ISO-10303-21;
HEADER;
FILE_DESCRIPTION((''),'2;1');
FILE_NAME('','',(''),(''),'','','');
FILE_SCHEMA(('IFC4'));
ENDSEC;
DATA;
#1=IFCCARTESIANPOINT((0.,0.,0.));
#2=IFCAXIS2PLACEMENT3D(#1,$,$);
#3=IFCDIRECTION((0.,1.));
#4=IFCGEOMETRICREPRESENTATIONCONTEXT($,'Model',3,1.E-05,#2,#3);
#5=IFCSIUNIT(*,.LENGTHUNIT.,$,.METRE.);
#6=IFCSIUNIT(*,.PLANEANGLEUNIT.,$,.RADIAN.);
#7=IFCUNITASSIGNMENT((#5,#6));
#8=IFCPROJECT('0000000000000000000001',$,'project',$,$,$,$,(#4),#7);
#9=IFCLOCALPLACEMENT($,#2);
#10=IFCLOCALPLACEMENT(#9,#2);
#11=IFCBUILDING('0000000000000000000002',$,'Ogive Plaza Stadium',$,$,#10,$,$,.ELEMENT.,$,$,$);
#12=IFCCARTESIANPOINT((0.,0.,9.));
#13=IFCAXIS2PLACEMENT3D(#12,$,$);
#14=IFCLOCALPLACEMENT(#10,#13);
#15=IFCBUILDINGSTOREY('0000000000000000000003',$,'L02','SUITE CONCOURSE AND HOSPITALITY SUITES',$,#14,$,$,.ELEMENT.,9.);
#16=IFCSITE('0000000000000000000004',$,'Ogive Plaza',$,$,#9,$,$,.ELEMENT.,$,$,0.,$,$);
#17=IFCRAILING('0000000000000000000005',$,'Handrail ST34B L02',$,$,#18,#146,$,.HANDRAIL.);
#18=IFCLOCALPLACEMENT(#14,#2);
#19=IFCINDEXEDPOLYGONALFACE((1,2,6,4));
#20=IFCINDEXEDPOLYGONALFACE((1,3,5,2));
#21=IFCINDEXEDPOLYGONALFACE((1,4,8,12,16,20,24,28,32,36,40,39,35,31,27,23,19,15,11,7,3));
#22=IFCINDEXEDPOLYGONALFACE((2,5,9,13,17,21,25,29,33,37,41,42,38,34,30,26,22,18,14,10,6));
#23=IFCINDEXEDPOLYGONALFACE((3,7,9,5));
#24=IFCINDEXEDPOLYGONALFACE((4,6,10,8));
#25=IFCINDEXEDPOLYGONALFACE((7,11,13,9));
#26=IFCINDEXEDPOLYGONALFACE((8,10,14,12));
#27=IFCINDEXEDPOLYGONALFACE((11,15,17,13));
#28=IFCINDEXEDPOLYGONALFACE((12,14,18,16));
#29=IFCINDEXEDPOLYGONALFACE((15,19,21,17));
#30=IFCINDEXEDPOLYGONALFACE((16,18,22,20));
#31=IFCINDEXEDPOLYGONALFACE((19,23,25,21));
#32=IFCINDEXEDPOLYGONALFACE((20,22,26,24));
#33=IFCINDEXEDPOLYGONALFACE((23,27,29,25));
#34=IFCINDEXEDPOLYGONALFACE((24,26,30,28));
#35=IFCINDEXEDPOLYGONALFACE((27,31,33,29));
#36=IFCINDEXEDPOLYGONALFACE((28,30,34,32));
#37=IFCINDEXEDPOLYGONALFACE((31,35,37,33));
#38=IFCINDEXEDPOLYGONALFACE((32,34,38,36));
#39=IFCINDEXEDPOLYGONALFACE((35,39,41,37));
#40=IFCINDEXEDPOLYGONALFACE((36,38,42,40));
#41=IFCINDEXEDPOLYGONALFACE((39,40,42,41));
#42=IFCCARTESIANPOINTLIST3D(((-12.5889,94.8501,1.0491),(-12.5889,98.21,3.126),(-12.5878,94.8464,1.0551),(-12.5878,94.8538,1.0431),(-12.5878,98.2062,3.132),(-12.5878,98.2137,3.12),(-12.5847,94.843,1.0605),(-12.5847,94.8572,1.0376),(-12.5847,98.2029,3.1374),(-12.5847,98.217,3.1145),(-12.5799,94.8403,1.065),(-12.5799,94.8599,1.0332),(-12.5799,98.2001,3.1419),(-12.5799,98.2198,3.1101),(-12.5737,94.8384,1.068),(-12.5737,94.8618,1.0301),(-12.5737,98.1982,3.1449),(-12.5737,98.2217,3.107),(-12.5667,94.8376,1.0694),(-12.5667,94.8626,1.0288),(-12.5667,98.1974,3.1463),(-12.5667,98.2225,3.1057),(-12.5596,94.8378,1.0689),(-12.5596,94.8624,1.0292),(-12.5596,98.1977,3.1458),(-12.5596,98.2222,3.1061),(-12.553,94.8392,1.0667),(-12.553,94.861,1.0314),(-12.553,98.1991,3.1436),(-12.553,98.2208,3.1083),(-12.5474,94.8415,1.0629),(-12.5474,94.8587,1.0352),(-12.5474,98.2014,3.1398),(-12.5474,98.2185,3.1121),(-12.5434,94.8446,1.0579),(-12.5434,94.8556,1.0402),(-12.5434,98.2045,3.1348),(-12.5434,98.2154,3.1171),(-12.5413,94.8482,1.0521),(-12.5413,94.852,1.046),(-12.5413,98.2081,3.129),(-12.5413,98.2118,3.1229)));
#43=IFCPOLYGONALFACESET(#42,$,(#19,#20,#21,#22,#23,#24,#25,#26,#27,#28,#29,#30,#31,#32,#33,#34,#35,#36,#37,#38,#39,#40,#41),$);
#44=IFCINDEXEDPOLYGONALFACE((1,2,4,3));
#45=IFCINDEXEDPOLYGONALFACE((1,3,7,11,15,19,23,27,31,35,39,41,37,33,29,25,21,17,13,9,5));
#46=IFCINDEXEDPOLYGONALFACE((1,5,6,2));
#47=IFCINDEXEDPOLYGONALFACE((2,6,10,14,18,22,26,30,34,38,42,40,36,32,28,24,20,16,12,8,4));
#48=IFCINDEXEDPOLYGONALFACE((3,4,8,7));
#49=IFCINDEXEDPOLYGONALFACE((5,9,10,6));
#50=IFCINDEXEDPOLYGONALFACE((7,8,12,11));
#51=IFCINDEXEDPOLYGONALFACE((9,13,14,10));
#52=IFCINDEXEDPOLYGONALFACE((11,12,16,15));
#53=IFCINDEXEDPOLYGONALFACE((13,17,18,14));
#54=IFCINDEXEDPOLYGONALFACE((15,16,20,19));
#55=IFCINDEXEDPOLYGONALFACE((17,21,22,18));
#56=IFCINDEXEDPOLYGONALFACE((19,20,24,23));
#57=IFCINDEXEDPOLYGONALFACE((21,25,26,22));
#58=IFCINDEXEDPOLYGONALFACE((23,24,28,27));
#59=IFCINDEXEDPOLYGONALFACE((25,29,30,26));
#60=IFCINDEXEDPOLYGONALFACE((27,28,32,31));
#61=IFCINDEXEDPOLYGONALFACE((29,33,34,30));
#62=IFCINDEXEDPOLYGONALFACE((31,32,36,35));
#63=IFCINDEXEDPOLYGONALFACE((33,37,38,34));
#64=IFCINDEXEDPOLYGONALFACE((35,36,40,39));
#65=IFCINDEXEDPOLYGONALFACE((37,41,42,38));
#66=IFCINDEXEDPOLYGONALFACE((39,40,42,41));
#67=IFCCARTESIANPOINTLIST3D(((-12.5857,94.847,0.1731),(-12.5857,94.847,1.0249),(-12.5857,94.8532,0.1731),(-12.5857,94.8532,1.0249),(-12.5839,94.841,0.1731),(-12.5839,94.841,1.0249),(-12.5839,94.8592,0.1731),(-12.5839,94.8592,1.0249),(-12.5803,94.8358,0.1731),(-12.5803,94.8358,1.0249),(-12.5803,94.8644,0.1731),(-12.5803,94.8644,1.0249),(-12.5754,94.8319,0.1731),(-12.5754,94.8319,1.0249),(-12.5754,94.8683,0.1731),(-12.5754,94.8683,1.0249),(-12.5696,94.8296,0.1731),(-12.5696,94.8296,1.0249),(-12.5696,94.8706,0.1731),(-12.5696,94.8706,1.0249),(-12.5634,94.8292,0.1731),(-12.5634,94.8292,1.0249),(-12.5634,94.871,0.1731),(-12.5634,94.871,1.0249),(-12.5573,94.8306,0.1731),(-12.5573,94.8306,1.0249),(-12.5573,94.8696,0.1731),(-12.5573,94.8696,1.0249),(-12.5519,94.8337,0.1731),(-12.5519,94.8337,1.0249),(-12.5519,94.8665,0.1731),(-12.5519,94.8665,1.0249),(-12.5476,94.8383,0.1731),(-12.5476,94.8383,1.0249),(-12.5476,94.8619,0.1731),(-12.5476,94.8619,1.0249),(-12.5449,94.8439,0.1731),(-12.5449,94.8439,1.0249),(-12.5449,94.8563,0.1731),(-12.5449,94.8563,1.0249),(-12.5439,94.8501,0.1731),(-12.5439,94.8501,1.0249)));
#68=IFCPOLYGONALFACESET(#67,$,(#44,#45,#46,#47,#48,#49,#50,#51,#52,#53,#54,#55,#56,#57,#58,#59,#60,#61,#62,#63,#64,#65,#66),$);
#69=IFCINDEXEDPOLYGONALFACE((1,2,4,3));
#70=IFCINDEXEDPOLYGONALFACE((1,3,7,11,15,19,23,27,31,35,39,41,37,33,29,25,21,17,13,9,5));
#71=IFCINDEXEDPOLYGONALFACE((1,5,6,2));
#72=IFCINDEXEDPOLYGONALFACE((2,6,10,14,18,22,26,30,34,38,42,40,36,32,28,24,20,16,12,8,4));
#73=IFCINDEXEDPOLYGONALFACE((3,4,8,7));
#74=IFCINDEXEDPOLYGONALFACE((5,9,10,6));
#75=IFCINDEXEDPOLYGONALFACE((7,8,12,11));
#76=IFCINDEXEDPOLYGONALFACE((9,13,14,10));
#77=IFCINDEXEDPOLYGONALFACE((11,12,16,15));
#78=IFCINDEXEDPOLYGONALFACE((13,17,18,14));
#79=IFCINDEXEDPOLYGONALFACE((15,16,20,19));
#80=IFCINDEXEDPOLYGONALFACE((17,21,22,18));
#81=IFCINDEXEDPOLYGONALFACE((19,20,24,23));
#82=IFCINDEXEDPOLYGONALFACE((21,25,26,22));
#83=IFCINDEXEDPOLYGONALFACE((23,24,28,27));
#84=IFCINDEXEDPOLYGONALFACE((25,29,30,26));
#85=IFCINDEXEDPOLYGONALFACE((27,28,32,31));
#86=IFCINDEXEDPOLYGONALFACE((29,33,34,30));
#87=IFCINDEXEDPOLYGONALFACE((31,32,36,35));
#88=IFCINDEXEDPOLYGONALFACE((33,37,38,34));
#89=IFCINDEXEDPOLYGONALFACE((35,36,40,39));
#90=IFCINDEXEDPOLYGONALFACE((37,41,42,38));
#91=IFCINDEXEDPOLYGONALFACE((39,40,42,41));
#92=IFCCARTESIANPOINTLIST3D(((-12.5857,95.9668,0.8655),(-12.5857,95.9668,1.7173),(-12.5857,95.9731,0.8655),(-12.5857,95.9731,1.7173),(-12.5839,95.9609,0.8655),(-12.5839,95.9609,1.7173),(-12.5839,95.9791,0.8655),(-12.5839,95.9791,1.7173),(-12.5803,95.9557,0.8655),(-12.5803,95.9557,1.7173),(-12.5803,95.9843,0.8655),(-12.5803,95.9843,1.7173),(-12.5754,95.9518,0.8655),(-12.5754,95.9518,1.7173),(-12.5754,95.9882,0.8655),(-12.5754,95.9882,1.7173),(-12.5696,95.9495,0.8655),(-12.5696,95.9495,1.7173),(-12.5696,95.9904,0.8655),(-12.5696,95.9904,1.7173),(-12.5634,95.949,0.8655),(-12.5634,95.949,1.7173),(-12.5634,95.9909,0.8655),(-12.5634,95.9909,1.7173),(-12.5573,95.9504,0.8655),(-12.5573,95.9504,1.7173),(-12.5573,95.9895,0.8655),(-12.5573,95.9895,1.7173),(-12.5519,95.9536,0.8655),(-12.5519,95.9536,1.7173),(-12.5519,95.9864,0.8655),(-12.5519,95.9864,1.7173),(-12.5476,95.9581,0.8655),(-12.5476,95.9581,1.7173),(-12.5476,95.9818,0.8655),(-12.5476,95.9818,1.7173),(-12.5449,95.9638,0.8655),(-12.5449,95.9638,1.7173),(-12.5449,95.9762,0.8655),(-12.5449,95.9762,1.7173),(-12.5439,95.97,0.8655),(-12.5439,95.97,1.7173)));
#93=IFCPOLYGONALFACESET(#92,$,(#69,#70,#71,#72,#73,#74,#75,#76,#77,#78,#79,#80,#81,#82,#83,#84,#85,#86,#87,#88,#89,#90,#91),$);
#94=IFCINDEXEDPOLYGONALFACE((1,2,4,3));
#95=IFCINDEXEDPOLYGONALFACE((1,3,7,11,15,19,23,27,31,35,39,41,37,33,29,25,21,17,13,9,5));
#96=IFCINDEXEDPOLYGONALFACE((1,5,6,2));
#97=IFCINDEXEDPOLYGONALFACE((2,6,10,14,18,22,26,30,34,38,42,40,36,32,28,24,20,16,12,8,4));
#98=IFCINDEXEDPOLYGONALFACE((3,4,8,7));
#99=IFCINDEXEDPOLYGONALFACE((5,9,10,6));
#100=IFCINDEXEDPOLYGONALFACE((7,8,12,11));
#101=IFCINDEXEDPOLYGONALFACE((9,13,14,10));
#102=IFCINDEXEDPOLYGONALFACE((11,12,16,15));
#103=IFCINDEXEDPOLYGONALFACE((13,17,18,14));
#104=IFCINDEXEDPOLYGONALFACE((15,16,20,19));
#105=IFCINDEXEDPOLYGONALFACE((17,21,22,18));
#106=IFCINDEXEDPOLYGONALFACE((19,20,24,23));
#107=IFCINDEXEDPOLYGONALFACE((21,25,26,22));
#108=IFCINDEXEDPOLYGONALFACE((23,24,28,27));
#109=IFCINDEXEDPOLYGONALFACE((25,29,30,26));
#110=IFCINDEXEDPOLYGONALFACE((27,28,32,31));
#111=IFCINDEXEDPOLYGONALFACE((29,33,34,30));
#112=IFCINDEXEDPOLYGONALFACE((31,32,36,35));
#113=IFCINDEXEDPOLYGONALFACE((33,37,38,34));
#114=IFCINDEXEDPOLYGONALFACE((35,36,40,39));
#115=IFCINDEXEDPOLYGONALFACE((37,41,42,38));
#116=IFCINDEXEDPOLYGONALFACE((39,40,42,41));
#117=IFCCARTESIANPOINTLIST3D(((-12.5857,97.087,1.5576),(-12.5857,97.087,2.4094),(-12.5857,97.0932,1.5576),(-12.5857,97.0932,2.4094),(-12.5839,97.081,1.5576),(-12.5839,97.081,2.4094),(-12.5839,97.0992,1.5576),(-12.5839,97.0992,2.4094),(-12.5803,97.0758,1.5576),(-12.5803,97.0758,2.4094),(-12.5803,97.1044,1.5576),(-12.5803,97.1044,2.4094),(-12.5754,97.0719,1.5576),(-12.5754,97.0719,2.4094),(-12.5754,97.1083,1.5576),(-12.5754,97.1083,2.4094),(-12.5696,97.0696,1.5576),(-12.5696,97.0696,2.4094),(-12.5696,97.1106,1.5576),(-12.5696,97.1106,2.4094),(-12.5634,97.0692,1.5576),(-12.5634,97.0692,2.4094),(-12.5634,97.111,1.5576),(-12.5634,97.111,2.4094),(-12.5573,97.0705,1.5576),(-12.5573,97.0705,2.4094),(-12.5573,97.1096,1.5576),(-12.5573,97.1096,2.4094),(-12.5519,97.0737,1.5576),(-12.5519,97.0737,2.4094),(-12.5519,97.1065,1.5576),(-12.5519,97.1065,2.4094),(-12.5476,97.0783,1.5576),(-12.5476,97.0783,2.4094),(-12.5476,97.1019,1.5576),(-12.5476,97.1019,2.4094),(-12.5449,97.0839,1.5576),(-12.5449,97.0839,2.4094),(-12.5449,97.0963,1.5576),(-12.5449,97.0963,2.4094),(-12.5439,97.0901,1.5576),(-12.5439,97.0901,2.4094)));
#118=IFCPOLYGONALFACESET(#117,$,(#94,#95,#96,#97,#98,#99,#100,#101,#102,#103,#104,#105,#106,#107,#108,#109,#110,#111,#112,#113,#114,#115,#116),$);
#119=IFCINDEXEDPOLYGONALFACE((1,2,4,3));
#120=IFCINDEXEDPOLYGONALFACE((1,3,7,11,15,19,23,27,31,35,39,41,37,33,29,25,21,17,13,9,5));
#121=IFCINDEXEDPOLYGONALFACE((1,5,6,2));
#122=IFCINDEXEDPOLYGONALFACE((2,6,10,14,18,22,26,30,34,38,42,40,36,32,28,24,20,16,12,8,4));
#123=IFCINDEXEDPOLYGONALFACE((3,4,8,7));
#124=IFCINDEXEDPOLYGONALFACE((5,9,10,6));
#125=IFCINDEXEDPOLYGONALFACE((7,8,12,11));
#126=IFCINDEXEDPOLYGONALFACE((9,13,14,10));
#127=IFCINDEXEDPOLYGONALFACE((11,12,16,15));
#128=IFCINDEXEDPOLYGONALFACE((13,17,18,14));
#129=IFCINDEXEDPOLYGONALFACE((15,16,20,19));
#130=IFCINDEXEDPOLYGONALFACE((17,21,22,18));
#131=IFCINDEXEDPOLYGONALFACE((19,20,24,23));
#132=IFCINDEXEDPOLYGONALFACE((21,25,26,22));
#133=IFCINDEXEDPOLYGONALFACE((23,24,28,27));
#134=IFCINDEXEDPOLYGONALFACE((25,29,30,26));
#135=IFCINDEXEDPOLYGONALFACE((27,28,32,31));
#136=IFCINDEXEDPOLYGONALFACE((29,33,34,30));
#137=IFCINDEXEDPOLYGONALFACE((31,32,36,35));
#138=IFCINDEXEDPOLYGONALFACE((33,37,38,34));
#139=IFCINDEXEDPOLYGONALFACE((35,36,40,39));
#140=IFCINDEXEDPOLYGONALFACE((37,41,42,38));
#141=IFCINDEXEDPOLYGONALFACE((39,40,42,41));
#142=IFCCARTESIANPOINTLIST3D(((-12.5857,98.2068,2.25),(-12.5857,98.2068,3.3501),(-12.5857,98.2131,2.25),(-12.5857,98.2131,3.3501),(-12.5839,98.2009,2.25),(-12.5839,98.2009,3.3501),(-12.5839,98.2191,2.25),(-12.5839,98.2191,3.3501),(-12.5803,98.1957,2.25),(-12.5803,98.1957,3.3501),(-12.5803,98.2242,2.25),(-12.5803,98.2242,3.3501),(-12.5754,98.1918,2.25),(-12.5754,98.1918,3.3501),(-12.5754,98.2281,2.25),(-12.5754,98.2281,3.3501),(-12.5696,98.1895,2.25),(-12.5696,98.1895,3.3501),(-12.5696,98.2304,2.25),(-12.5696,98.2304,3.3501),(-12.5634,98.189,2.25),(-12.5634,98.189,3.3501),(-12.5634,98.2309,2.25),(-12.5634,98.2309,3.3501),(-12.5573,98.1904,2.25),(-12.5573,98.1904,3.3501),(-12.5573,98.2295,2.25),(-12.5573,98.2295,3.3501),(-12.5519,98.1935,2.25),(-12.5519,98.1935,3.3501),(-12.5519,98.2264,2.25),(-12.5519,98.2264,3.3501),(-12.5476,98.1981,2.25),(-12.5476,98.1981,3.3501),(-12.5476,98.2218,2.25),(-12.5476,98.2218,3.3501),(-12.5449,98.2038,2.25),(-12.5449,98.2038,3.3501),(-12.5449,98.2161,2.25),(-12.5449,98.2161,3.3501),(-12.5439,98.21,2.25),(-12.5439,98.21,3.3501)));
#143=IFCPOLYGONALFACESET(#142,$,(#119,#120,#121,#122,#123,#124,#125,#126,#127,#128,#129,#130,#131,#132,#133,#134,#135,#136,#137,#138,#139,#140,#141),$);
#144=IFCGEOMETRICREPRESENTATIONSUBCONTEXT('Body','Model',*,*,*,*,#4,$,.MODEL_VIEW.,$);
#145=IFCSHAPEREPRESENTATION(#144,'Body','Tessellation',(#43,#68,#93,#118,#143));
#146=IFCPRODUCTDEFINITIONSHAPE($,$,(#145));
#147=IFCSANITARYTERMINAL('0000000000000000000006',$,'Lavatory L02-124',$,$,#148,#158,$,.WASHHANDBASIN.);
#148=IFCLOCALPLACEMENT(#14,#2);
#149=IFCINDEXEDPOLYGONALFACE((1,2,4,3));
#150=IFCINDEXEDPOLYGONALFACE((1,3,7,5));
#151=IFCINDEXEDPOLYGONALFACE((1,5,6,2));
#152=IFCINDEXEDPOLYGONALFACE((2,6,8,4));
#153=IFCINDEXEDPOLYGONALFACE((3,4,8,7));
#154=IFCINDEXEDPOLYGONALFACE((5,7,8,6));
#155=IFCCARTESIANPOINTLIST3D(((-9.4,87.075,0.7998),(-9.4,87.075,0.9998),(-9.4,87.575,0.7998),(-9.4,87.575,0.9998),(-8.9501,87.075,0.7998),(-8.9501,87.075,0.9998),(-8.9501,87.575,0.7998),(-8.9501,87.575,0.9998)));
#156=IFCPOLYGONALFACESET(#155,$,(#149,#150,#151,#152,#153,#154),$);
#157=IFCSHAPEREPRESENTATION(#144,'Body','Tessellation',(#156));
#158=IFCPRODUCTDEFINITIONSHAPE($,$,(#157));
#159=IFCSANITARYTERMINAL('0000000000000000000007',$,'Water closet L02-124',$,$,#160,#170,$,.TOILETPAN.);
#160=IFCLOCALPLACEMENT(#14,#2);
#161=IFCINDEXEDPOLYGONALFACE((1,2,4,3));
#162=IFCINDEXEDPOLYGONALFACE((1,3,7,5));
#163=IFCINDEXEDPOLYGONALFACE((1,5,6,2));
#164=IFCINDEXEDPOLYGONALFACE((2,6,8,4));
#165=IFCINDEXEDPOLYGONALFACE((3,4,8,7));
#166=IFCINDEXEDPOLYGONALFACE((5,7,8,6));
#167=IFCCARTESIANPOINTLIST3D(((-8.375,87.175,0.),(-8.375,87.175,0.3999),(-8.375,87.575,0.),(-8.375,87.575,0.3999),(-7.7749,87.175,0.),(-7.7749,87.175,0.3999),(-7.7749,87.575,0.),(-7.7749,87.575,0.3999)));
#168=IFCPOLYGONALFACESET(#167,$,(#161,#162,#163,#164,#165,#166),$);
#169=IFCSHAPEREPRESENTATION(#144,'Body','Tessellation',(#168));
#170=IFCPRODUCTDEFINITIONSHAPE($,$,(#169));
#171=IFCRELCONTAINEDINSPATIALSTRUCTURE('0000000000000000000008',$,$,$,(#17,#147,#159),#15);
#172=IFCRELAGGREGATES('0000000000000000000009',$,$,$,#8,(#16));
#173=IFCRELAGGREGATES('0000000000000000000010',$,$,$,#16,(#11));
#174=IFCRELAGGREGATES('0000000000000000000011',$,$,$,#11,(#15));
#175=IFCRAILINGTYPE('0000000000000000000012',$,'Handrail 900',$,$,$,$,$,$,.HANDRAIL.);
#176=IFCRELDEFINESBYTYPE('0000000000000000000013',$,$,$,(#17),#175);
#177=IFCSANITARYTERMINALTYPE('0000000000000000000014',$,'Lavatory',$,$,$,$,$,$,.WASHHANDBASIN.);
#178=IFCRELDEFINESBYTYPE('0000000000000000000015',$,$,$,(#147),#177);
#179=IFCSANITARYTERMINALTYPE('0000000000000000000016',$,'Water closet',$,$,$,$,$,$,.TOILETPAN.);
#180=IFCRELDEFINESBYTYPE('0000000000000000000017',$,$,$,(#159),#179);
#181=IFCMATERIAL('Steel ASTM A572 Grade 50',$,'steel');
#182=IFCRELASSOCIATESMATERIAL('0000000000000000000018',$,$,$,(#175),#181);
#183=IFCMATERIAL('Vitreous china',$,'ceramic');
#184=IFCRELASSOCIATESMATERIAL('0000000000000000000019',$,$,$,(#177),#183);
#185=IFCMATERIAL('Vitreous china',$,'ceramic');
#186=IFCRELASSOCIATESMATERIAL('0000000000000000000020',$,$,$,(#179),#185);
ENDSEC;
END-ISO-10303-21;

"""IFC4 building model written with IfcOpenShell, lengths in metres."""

from ifc_helpers import new_model, si_unit, direction, frame, origin, origin_2d, place, context, subcontext, project, spatial, rectangle, circle, extrude, material, type_object, element, save


model = new_model("IFC4")

# Units and contexts
model_context = context("Model", 3, precision=1e-05, world=origin(), true_north=direction((0.0, 1.0)))
body_context = subcontext(model_context, "Body", "Model", "MODEL_VIEW")
ifc_project = project(units=[si_unit("LENGTHUNIT", "METRE"), si_unit("PLANEANGLEUNIT", "RADIAN")], contexts=[model_context])

# Site, building, storey
site_placement = place(None, origin())
site = spatial("IfcSite", under=ifc_project, at=site_placement, Name="Ogive Plaza", CompositionType="ELEMENT", RefElevation=0.0)
building_placement = place(site_placement, origin())
building = spatial("IfcBuilding", under=site, at=building_placement, Name="Ogive Plaza Stadium", CompositionType="ELEMENT")
storey_placement = place(building_placement, frame((0.0, 0.0, 9.0)))
storey = spatial("IfcBuildingStorey", under=building, at=storey_placement, Name="L02", Description="SUITE CONCOURSE AND HOSPITALITY SUITES", CompositionType="ELEMENT", Elevation=9.0)

# Railing
ifc_material_1 = material(Name="Steel ASTM A572 Grade 50", Category="steel")
railing_type_1 = type_object("IfcRailingType", Name="Handrail 900", PredefinedType="HANDRAIL", material=ifc_material_1)
for number, where, name in (
    (1, (-12.5649, 94.8501, 0.1731), "Handrail ST34B L02"),
):
    element("IfcRailing", number, at=place(storey_placement, frame(where)), inside=storey, type_object=railing_type_1, Name=name, PredefinedType="HANDRAIL", context=body_context, shape_type="SweptSolid", body=[
        extrude(circle(Radius=0.0239, at=origin_2d()), frame((0.0, 0.0, 0.876), z_axis=(0.0, 0.850606, 0.525803), x_axis=(-1.0, 0.0, 0.0)), (0.0, 0.0, 1.0), 3.95),
        extrude(circle(Radius=0.021, at=origin_2d()), origin(), (0.0, 0.0, 1.0), 0.8518),
        extrude(circle(Radius=0.021, at=origin_2d()), frame((0.0, 1.1199, 0.6924)), (0.0, 0.0, 1.0), 0.8518),
        extrude(circle(Radius=0.021, at=origin_2d()), frame((0.0, 2.24, 1.3845)), (0.0, 0.0, 1.0), 0.8518),
        extrude(circle(Radius=0.021, at=origin_2d()), frame((0.0, 3.3599, 2.0769)), (0.0, 0.0, 1.0), 1.1001),
    ])

# Sanitary terminals
ifc_material_2 = material(Name="Vitreous china", Category="ceramic")
sanitary_terminal_type_1 = type_object("IfcSanitaryTerminalType", Name="Lavatory", PredefinedType="WASHHANDBASIN", material=ifc_material_2)
sanitary_terminal_1_placement = place(storey_placement, frame((-9.175, 87.325, 0.7998), z_axis=(0.0, 0.0, 1.0), x_axis=(0.0, -1.0, 0.0)))
element("IfcSanitaryTerminal", 2, at=sanitary_terminal_1_placement, inside=storey, type_object=sanitary_terminal_type_1, Name="Lavatory L02-124", PredefinedType="WASHHANDBASIN", context=body_context, shape_type="SweptSolid", body=[
    extrude(rectangle(XDim=0.5, YDim=0.45, at=origin_2d()), origin(), (0.0, 0.0, 1.0), 0.2),
])
ifc_material_3 = material(Name="Vitreous china", Category="ceramic")
sanitary_terminal_type_2 = type_object("IfcSanitaryTerminalType", Name="Water closet", PredefinedType="TOILETPAN", material=ifc_material_3)
sanitary_terminal_2_placement = place(storey_placement, frame((-8.075, 87.375, 0.0), z_axis=(0.0, 0.0, 1.0), x_axis=(0.0, -1.0, 0.0)))
element("IfcSanitaryTerminal", 3, at=sanitary_terminal_2_placement, inside=storey, type_object=sanitary_terminal_type_2, Name="Water closet L02-124", PredefinedType="TOILETPAN", context=body_context, shape_type="SweptSolid", body=[
    extrude(rectangle(XDim=0.3999, YDim=0.6001, at=origin_2d()), origin(), (0.0, 0.0, 1.0), 0.3999),
])

save(model, "model.ifc")
